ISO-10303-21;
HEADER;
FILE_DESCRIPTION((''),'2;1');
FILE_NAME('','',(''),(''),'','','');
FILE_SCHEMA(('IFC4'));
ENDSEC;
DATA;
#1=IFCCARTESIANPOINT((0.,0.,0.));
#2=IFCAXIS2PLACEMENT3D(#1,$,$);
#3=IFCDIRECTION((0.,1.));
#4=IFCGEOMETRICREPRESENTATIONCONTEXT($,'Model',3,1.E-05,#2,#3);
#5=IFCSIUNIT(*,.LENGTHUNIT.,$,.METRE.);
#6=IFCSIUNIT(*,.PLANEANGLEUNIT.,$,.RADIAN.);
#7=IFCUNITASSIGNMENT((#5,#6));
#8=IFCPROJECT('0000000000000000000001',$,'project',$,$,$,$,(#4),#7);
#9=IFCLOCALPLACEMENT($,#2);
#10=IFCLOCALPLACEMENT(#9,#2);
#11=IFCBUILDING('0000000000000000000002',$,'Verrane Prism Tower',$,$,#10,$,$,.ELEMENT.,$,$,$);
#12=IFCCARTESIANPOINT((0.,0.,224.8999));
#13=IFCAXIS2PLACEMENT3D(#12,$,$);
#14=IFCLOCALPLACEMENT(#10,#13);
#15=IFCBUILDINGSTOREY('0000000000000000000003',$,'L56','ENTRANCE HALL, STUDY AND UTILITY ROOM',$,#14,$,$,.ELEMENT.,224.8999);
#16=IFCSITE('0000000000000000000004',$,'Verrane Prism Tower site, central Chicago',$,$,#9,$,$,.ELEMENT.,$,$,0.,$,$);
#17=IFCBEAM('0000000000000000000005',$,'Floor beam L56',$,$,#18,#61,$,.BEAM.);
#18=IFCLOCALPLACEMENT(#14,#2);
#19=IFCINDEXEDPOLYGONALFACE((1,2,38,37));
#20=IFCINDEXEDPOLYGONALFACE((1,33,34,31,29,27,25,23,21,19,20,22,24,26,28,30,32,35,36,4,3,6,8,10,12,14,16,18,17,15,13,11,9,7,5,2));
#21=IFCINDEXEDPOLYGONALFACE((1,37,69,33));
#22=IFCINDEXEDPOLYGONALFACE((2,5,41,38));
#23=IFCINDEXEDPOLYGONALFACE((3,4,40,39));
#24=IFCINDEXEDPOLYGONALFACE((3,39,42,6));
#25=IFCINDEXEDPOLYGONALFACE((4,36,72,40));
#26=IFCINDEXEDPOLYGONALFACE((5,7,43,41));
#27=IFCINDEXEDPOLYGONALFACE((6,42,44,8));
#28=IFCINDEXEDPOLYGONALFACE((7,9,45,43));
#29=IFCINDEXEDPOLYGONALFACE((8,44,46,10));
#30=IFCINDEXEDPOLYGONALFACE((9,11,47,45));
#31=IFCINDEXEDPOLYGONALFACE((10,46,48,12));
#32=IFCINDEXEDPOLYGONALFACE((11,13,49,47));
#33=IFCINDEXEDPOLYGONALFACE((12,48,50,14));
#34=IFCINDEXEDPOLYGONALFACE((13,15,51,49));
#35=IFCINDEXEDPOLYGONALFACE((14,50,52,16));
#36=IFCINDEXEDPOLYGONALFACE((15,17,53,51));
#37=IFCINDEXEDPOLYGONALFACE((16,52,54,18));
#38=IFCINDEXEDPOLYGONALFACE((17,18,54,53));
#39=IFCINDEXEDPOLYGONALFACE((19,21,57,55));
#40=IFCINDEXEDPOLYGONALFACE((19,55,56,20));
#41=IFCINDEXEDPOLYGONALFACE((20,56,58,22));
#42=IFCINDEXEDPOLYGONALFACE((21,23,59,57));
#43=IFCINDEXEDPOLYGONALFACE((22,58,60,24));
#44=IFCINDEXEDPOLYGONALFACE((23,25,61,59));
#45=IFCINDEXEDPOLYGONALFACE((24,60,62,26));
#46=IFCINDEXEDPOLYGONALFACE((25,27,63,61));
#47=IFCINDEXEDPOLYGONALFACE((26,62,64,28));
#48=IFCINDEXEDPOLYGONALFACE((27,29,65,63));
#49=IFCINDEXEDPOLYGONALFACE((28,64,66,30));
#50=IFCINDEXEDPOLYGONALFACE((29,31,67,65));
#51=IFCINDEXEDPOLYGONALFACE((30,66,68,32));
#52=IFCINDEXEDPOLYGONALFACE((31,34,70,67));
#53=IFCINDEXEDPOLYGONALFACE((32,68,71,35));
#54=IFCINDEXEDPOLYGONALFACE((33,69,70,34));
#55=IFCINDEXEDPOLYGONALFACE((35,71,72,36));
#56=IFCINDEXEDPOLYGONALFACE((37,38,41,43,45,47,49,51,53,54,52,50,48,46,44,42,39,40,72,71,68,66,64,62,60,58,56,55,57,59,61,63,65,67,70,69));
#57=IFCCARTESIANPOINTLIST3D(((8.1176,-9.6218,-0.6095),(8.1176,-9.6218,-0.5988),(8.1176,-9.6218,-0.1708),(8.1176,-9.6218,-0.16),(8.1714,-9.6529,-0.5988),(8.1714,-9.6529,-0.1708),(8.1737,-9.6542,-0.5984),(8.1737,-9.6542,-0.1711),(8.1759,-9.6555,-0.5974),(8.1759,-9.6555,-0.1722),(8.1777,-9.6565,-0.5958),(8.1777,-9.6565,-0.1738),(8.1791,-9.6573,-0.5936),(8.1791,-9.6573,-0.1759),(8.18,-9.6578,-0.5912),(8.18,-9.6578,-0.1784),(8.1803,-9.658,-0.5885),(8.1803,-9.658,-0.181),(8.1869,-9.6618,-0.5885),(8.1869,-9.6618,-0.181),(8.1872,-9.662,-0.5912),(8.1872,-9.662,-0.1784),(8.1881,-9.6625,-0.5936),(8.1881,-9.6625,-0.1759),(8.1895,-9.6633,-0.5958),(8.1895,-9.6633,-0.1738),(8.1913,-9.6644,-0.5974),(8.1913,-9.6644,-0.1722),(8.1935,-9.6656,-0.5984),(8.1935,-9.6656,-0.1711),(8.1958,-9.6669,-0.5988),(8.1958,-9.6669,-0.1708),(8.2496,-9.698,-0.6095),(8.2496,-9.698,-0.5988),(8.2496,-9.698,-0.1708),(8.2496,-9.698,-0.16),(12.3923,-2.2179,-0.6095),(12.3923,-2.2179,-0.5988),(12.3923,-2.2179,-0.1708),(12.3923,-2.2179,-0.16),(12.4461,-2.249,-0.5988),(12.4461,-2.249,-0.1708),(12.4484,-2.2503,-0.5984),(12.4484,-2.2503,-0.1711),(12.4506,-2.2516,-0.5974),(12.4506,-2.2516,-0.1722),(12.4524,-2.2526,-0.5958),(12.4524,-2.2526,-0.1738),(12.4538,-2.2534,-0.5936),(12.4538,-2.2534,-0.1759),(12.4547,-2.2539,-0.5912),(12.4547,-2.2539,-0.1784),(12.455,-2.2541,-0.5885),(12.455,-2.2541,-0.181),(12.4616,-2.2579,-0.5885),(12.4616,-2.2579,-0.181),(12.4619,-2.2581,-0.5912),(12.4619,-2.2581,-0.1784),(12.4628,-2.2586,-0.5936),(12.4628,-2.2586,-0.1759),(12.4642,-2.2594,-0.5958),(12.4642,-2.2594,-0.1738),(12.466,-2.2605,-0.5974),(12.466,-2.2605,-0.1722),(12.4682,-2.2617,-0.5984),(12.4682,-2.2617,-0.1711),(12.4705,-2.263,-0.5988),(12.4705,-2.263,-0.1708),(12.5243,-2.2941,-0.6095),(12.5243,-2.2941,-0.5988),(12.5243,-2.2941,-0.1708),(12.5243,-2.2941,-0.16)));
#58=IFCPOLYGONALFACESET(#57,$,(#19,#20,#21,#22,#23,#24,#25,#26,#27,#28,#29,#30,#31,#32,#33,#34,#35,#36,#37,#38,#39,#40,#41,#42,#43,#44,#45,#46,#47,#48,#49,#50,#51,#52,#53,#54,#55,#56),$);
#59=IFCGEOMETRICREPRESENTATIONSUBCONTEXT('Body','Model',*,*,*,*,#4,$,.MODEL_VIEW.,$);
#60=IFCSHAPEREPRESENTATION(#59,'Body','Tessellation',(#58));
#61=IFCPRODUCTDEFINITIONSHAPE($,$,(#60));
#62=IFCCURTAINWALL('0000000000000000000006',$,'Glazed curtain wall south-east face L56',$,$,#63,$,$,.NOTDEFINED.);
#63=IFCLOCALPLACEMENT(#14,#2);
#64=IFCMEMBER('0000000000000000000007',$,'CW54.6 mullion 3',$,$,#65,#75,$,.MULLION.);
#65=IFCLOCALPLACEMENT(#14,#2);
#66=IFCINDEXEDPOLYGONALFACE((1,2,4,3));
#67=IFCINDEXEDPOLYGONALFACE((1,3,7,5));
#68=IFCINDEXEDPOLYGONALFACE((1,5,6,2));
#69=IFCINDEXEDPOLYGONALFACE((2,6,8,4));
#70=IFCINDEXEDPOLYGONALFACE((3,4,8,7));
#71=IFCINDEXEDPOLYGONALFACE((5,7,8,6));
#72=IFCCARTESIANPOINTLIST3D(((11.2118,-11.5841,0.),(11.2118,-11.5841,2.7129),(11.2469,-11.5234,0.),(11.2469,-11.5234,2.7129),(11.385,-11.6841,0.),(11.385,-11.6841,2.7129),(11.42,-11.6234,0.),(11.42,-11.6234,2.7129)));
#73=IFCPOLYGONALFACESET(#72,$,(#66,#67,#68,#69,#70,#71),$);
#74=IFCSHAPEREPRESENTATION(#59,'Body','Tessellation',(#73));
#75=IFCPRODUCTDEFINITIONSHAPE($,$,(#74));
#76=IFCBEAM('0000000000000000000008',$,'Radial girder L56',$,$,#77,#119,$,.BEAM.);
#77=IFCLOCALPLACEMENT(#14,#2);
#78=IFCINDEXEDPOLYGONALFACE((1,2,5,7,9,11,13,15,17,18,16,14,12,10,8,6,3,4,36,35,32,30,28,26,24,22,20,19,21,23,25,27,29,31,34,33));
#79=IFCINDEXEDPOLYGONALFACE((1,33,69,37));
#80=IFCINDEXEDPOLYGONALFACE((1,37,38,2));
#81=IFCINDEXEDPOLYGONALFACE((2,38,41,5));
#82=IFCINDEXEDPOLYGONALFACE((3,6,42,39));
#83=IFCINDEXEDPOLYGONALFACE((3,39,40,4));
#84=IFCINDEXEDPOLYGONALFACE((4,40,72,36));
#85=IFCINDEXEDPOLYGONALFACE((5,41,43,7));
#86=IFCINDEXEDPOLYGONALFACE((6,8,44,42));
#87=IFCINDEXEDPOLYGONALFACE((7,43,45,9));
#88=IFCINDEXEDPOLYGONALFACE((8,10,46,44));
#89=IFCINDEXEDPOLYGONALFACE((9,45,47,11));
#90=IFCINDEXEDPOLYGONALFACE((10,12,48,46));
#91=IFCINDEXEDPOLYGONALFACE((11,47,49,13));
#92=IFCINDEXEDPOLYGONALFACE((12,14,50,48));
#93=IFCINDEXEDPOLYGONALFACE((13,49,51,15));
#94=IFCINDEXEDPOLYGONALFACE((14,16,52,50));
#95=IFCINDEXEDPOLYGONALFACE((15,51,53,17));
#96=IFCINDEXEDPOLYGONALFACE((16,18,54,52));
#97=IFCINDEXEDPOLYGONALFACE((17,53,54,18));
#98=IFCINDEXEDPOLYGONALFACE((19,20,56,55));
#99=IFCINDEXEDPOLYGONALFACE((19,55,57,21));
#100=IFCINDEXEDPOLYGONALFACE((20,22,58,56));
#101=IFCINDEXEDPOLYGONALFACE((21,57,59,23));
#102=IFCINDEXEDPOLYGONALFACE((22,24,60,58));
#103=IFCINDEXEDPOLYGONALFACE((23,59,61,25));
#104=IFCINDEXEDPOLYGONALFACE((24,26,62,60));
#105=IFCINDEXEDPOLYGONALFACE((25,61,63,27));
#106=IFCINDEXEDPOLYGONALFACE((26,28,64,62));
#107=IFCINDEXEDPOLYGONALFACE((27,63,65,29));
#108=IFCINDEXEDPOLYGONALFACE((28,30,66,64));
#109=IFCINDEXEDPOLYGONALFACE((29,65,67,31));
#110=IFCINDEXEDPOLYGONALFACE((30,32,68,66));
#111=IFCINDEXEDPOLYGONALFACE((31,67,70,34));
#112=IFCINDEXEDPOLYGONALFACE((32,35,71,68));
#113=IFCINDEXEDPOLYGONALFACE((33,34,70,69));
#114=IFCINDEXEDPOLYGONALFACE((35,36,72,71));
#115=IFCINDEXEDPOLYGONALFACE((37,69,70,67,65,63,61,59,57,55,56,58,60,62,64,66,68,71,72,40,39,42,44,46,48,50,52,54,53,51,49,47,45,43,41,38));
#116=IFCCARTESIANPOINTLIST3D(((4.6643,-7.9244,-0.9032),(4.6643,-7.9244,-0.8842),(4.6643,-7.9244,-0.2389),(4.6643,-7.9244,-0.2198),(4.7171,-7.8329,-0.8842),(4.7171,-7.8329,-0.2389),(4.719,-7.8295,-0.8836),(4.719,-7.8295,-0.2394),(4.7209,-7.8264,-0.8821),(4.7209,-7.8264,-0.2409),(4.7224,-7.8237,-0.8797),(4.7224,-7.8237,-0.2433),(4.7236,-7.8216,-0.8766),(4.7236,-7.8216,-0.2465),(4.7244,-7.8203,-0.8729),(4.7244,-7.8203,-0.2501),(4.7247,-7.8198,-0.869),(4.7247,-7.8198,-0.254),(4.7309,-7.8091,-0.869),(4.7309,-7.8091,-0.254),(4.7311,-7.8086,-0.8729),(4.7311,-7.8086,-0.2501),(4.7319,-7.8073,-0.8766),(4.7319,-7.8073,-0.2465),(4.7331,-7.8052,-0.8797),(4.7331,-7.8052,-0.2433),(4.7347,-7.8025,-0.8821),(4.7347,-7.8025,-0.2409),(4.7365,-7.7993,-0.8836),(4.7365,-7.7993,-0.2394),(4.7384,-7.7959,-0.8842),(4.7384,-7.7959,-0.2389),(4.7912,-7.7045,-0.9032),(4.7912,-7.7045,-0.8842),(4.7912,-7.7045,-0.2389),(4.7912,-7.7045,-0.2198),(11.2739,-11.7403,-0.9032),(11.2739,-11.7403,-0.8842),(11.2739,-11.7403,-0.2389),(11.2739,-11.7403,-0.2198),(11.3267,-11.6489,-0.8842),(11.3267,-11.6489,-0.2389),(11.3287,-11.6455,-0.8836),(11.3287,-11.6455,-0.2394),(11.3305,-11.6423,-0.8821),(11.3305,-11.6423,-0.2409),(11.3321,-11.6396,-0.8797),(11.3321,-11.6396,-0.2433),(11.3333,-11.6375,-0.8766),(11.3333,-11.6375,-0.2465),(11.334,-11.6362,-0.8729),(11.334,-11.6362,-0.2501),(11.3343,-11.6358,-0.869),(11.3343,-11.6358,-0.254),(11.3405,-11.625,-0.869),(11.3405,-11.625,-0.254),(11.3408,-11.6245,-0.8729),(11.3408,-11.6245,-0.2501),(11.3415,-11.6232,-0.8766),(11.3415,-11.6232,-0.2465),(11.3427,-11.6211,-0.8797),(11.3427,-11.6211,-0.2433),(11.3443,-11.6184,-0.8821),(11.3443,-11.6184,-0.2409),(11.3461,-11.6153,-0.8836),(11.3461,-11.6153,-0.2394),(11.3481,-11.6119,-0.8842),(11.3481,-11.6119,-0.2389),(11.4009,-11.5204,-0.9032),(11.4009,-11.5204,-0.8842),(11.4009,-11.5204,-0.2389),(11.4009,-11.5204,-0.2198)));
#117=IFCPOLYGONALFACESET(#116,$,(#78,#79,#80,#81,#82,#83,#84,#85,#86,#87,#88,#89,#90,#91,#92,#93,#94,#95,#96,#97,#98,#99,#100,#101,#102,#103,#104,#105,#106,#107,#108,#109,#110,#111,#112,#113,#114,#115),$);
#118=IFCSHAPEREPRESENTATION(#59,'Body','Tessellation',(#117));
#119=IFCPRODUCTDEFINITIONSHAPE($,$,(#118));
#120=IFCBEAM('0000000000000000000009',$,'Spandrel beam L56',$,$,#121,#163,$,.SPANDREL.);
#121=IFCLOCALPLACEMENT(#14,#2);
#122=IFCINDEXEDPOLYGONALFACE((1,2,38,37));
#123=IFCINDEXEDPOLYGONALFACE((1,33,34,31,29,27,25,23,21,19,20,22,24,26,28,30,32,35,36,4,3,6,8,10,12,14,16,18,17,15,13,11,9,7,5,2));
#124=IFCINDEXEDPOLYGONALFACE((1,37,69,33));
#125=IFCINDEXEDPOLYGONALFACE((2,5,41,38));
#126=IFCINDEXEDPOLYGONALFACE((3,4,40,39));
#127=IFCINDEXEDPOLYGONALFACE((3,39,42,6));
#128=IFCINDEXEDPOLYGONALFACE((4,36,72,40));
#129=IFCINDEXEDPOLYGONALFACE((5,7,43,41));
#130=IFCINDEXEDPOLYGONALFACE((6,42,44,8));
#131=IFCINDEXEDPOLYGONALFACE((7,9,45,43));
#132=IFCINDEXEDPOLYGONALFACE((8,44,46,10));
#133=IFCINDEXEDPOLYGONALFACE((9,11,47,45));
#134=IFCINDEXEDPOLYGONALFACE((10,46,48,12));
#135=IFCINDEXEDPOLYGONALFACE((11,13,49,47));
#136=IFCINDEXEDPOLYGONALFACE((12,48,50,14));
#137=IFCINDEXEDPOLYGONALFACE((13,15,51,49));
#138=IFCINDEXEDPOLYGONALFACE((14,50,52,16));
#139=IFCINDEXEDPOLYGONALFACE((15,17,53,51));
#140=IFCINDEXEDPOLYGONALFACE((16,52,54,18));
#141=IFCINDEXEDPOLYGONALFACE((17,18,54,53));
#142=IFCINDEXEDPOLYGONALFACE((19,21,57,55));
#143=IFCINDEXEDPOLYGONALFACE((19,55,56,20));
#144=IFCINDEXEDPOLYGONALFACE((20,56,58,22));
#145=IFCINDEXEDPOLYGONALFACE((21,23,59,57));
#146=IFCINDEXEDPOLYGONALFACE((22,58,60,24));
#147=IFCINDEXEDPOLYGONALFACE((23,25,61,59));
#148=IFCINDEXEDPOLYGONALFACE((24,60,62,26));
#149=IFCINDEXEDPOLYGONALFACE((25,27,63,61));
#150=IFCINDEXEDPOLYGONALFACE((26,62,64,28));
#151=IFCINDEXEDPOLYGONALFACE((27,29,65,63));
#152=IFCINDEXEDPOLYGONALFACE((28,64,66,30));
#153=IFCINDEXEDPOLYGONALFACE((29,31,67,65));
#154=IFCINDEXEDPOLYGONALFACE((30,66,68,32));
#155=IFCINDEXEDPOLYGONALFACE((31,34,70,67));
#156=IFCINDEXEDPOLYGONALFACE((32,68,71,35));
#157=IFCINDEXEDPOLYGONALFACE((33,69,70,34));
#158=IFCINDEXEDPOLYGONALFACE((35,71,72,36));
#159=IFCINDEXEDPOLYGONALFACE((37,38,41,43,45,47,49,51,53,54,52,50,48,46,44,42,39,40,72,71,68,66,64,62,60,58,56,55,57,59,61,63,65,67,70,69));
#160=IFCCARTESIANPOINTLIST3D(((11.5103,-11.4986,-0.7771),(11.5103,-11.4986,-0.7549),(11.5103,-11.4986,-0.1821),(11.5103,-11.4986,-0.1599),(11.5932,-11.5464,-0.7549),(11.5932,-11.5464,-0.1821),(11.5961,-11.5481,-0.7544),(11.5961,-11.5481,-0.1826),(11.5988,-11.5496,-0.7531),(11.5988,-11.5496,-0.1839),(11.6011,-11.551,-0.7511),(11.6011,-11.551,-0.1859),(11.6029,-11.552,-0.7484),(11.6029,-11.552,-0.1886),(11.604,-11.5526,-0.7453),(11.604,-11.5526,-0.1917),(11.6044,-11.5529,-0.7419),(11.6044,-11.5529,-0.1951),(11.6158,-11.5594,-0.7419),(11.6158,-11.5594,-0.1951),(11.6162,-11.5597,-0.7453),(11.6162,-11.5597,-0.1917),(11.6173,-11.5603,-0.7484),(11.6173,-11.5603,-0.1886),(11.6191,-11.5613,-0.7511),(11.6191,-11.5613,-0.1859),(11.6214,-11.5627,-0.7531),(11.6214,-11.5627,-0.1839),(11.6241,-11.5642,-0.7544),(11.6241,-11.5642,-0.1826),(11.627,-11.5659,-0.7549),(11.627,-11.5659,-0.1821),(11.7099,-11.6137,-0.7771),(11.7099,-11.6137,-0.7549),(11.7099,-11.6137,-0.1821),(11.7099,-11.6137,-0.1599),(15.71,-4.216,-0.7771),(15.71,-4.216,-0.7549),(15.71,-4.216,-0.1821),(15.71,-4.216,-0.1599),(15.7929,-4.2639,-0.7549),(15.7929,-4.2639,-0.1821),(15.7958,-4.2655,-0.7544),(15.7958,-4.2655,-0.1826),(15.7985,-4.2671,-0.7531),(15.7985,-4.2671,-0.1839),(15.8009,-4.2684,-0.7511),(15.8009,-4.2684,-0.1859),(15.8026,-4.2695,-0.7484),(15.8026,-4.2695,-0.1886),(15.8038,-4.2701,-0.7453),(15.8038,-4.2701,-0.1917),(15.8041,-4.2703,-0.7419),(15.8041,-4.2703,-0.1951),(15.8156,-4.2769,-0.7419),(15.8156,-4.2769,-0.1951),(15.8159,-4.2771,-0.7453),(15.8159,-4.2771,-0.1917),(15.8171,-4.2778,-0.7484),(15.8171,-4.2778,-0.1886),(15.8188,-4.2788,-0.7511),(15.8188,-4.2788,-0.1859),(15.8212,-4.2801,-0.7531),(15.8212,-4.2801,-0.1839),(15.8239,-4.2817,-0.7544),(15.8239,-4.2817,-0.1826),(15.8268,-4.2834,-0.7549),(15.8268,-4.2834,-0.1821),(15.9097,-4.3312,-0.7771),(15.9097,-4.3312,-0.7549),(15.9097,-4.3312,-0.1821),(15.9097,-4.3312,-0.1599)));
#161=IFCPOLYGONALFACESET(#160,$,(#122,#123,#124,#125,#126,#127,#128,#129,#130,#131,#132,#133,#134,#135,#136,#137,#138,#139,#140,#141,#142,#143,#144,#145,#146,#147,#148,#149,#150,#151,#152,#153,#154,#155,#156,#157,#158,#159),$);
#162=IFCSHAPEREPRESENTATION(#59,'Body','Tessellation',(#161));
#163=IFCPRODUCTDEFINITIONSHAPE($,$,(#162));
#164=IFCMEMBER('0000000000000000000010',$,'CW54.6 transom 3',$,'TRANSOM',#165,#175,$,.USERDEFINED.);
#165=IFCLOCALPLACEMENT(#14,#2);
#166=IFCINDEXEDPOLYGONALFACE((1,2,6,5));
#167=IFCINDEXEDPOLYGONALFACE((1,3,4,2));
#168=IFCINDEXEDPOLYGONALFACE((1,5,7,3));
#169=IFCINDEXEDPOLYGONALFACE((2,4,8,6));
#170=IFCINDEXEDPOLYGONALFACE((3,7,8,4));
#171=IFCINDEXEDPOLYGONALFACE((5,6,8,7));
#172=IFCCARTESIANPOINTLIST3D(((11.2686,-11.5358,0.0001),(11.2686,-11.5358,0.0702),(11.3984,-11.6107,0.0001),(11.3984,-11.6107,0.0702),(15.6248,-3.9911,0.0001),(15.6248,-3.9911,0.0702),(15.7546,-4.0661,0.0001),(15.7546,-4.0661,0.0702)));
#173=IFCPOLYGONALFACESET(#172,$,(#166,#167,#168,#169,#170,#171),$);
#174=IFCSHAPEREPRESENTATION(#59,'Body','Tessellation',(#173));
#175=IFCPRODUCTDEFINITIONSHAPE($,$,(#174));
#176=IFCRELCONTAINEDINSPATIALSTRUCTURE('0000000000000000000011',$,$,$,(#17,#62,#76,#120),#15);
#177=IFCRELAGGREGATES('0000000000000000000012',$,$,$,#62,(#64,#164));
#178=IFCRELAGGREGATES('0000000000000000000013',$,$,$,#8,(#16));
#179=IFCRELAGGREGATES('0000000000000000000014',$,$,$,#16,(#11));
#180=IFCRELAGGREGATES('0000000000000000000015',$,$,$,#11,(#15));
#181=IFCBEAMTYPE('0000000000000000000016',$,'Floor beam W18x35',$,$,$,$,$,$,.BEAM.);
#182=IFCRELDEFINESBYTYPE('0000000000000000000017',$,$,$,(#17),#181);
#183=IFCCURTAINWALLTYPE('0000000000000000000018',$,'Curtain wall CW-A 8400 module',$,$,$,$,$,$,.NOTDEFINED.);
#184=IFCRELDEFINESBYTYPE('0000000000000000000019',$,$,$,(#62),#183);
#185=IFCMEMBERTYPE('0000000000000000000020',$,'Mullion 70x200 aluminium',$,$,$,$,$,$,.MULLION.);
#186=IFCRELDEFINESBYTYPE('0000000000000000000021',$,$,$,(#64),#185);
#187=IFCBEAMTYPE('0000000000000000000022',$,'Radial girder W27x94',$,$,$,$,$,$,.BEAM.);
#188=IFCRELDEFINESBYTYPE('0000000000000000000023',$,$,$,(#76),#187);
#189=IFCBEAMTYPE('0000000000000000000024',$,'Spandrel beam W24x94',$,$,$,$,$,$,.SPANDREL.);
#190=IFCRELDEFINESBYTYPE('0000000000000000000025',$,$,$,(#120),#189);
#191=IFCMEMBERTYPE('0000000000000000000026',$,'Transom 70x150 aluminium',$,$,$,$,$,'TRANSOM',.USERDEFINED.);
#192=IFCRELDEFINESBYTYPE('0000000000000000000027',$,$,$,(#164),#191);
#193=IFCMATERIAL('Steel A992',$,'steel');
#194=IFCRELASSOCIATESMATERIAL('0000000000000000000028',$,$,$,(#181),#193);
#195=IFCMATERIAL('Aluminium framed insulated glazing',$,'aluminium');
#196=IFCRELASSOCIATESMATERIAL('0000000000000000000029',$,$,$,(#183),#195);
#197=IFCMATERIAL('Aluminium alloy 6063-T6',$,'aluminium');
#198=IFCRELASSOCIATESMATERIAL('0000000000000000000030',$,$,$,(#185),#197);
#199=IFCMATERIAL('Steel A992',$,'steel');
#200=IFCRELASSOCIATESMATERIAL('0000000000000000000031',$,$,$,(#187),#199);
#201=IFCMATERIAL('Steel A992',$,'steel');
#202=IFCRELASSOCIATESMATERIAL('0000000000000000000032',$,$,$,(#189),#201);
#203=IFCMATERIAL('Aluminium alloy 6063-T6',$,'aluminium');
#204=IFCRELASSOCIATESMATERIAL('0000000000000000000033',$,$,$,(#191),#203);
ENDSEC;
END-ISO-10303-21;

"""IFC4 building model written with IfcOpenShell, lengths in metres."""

from ifc_helpers import new_model, si_unit, direction, frame, origin, origin_2d, place, context, subcontext, project, spatial, rectangle, i_section, extrude, material, material_profile, profile_set, type_object, element, aggregate, save


model = new_model("IFC4")

# Units and contexts
model_context = context("Model", 3, precision=1e-05, world=origin(), true_north=direction((0.0, 1.0)))
body_context = subcontext(model_context, "Body", "Model", "MODEL_VIEW")
ifc_project = project(units=[si_unit("LENGTHUNIT", "METRE"), si_unit("PLANEANGLEUNIT", "RADIAN")], contexts=[model_context])

# Site, building, storey
site_placement = place(None, origin())
site = spatial("IfcSite", under=ifc_project, at=site_placement, Name="Verrane Prism Tower site, central Chicago", CompositionType="ELEMENT", RefElevation=0.0)
building_placement = place(site_placement, origin())
building = spatial("IfcBuilding", under=site, at=building_placement, Name="Verrane Prism Tower", CompositionType="ELEMENT")
storey_placement = place(building_placement, frame((0.0, 0.0, 224.8999)))
storey = spatial("IfcBuildingStorey", under=building, at=storey_placement, Name="L56", Description="ENTRANCE HALL, STUDY AND UTILITY ROOM", CompositionType="ELEMENT", Elevation=224.8999)

# Beam
ifc_material_1 = material(Name="Steel A992", Category="steel")
ifc_material_profile_1 = material_profile(ifc_material_1, i_section(OverallWidth=0.1523, OverallDepth=0.4495, WebThickness=0.0076, FlangeThickness=0.0107, FilletRadius=0.0103, at=origin_2d()), Name="W18x35")
ifc_profile_set_1 = profile_set([ifc_material_profile_1], Name="Steel A992")
beam_type_1 = type_object("IfcBeamType", Name="Floor beam W18x35", PredefinedType="BEAM", material=ifc_profile_set_1)
beam_1_placement = place(storey_placement, frame((8.1836, -9.6599, -0.3848), z_axis=(0.500006, 0.866022, 0.0), x_axis=(-0.866022, 0.500006, 0.0)))
element("IfcBeam", 1, at=beam_1_placement, inside=storey, type_object=beam_type_1, Name="Floor beam L56", PredefinedType="BEAM", context=body_context, shape_type="SweptSolid", body=[
    extrude(i_section(OverallWidth=0.1523, OverallDepth=0.4495, WebThickness=0.0076, FlangeThickness=0.0107, FilletRadius=0.0103, at=origin_2d()), origin(), (0.0, 0.0, 1.0), 8.5493),
])

# Curtain wall, member
ifc_material_2 = material(Name="Aluminium framed insulated glazing", Category="aluminium")
curtain_wall_type = type_object("IfcCurtainWallType", Name="Curtain wall CW-A 8400 module", PredefinedType="NOTDEFINED", material=ifc_material_2)
curtain_wall_placement = place(storey_placement, origin())
curtain_wall = element("IfcCurtainWall", 2, at=curtain_wall_placement, inside=storey, type_object=curtain_wall_type, Name="Glazed curtain wall south-east face L56", PredefinedType="NOTDEFINED")
ifc_material_3 = material(Name="Aluminium alloy 6063-T6", Category="aluminium")
ifc_material_profile_2 = material_profile(ifc_material_3, rectangle(XDim=0.2, YDim=0.0701, at=origin_2d()), Name="Mullion 70x200 aluminium")
ifc_profile_set_2 = profile_set([ifc_material_profile_2], Name="Aluminium alloy 6063-T6")
member_type_1 = type_object("IfcMemberType", Name="Mullion 70x200 aluminium", PredefinedType="MULLION", material=ifc_profile_set_2)
member_1_placement = place(storey_placement, frame((11.3159, -11.6038, 0.0), z_axis=(0.0, 0.0, 1.0), x_axis=(-0.866025, 0.500001, 0.0)))
member_1 = element("IfcMember", 3, at=member_1_placement, type_object=member_type_1, Name="CW54.6 mullion 3", PredefinedType="MULLION", context=body_context, shape_type="SweptSolid", body=[
    extrude(rectangle(XDim=0.2, YDim=0.0701, at=origin_2d()), origin(), (0.0, 0.0, 1.0), 2.7129),
])

# Beams
ifc_material_4 = material(Name="Steel A992", Category="steel")
ifc_material_profile_3 = material_profile(ifc_material_4, i_section(OverallWidth=0.2539, OverallDepth=0.6833, WebThickness=0.0125, FlangeThickness=0.019, FilletRadius=0.0151, at=origin_2d()), Name="W27x94")
ifc_profile_set_3 = profile_set([ifc_material_profile_3], Name="Steel A992")
beam_type_2 = type_object("IfcBeamType", Name="Radial girder W27x94", PredefinedType="BEAM", material=ifc_profile_set_3)
beam_2_placement = place(storey_placement, frame((11.3374, -11.6304, -0.5615), z_axis=(-0.866034, 0.499986, 0.0), x_axis=(-0.499986, -0.866034, 0.0)))
element("IfcBeam", 4, at=beam_2_placement, inside=storey, type_object=beam_type_2, Name="Radial girder L56", PredefinedType="BEAM", context=body_context, shape_type="SweptSolid", body=[
    extrude(i_section(OverallWidth=0.2539, OverallDepth=0.6833, WebThickness=0.0125, FlangeThickness=0.019, FilletRadius=0.0151, at=origin_2d()), origin(), (0.0, 0.0, 1.0), 7.6321),
])
ifc_material_5 = material(Name="Steel A992", Category="steel")
ifc_material_profile_4 = material_profile(ifc_material_5, i_section(OverallWidth=0.2305, OverallDepth=0.6172, WebThickness=0.0132, FlangeThickness=0.0222, FilletRadius=0.0129, at=origin_2d()), Name="W24x94")
ifc_profile_set_4 = profile_set([ifc_material_profile_4], Name="Steel A992")
beam_type_3 = type_object("IfcBeamType", Name="Spandrel beam W24x94", PredefinedType="SPANDREL", material=ifc_profile_set_4)
beam_3_placement = place(storey_placement, frame((11.6101, -11.5562, -0.4685), z_axis=(0.499569, 0.866274, 0.0), x_axis=(-0.866274, 0.499569, 0.0)))
element("IfcBeam", 5, at=beam_3_placement, inside=storey, type_object=beam_type_3, Name="Spandrel beam L56", PredefinedType="SPANDREL", context=body_context, shape_type="SweptSolid", body=[
    extrude(i_section(OverallWidth=0.2305, OverallDepth=0.6172, WebThickness=0.0132, FlangeThickness=0.0222, FilletRadius=0.0129, at=origin_2d()), origin(), (0.0, 0.0, 1.0), 8.4067),
])

# Member
ifc_material_6 = material(Name="Aluminium alloy 6063-T6", Category="aluminium")
ifc_material_profile_5 = material_profile(ifc_material_6, rectangle(XDim=0.1499, YDim=0.0701, at=origin_2d()), Name="Transom 70x150 aluminium")
ifc_profile_set_5 = profile_set([ifc_material_profile_5], Name="Aluminium alloy 6063-T6")
member_type_2 = type_object("IfcMemberType", Name="Transom 70x150 aluminium", ElementType="TRANSOM", PredefinedType="USERDEFINED", material=ifc_profile_set_5)
member_2_placement = place(storey_placement, frame((11.3335, -11.5732, 0.0352), z_axis=(0.500024, 0.866012, 0.0), x_axis=(-0.866012, 0.500024, 0.0)))
member_2 = element("IfcMember", 6, at=member_2_placement, type_object=member_type_2, Name="CW54.6 transom 3", ObjectType="TRANSOM", PredefinedType="USERDEFINED", context=body_context, shape_type="SweptSolid", body=[
    extrude(rectangle(XDim=0.1499, YDim=0.0701, at=origin_2d()), origin(), (0.0, 0.0, 1.0), 8.7119),
])

aggregate(curtain_wall, [member_1, member_2])

save(model, "model.ifc")
